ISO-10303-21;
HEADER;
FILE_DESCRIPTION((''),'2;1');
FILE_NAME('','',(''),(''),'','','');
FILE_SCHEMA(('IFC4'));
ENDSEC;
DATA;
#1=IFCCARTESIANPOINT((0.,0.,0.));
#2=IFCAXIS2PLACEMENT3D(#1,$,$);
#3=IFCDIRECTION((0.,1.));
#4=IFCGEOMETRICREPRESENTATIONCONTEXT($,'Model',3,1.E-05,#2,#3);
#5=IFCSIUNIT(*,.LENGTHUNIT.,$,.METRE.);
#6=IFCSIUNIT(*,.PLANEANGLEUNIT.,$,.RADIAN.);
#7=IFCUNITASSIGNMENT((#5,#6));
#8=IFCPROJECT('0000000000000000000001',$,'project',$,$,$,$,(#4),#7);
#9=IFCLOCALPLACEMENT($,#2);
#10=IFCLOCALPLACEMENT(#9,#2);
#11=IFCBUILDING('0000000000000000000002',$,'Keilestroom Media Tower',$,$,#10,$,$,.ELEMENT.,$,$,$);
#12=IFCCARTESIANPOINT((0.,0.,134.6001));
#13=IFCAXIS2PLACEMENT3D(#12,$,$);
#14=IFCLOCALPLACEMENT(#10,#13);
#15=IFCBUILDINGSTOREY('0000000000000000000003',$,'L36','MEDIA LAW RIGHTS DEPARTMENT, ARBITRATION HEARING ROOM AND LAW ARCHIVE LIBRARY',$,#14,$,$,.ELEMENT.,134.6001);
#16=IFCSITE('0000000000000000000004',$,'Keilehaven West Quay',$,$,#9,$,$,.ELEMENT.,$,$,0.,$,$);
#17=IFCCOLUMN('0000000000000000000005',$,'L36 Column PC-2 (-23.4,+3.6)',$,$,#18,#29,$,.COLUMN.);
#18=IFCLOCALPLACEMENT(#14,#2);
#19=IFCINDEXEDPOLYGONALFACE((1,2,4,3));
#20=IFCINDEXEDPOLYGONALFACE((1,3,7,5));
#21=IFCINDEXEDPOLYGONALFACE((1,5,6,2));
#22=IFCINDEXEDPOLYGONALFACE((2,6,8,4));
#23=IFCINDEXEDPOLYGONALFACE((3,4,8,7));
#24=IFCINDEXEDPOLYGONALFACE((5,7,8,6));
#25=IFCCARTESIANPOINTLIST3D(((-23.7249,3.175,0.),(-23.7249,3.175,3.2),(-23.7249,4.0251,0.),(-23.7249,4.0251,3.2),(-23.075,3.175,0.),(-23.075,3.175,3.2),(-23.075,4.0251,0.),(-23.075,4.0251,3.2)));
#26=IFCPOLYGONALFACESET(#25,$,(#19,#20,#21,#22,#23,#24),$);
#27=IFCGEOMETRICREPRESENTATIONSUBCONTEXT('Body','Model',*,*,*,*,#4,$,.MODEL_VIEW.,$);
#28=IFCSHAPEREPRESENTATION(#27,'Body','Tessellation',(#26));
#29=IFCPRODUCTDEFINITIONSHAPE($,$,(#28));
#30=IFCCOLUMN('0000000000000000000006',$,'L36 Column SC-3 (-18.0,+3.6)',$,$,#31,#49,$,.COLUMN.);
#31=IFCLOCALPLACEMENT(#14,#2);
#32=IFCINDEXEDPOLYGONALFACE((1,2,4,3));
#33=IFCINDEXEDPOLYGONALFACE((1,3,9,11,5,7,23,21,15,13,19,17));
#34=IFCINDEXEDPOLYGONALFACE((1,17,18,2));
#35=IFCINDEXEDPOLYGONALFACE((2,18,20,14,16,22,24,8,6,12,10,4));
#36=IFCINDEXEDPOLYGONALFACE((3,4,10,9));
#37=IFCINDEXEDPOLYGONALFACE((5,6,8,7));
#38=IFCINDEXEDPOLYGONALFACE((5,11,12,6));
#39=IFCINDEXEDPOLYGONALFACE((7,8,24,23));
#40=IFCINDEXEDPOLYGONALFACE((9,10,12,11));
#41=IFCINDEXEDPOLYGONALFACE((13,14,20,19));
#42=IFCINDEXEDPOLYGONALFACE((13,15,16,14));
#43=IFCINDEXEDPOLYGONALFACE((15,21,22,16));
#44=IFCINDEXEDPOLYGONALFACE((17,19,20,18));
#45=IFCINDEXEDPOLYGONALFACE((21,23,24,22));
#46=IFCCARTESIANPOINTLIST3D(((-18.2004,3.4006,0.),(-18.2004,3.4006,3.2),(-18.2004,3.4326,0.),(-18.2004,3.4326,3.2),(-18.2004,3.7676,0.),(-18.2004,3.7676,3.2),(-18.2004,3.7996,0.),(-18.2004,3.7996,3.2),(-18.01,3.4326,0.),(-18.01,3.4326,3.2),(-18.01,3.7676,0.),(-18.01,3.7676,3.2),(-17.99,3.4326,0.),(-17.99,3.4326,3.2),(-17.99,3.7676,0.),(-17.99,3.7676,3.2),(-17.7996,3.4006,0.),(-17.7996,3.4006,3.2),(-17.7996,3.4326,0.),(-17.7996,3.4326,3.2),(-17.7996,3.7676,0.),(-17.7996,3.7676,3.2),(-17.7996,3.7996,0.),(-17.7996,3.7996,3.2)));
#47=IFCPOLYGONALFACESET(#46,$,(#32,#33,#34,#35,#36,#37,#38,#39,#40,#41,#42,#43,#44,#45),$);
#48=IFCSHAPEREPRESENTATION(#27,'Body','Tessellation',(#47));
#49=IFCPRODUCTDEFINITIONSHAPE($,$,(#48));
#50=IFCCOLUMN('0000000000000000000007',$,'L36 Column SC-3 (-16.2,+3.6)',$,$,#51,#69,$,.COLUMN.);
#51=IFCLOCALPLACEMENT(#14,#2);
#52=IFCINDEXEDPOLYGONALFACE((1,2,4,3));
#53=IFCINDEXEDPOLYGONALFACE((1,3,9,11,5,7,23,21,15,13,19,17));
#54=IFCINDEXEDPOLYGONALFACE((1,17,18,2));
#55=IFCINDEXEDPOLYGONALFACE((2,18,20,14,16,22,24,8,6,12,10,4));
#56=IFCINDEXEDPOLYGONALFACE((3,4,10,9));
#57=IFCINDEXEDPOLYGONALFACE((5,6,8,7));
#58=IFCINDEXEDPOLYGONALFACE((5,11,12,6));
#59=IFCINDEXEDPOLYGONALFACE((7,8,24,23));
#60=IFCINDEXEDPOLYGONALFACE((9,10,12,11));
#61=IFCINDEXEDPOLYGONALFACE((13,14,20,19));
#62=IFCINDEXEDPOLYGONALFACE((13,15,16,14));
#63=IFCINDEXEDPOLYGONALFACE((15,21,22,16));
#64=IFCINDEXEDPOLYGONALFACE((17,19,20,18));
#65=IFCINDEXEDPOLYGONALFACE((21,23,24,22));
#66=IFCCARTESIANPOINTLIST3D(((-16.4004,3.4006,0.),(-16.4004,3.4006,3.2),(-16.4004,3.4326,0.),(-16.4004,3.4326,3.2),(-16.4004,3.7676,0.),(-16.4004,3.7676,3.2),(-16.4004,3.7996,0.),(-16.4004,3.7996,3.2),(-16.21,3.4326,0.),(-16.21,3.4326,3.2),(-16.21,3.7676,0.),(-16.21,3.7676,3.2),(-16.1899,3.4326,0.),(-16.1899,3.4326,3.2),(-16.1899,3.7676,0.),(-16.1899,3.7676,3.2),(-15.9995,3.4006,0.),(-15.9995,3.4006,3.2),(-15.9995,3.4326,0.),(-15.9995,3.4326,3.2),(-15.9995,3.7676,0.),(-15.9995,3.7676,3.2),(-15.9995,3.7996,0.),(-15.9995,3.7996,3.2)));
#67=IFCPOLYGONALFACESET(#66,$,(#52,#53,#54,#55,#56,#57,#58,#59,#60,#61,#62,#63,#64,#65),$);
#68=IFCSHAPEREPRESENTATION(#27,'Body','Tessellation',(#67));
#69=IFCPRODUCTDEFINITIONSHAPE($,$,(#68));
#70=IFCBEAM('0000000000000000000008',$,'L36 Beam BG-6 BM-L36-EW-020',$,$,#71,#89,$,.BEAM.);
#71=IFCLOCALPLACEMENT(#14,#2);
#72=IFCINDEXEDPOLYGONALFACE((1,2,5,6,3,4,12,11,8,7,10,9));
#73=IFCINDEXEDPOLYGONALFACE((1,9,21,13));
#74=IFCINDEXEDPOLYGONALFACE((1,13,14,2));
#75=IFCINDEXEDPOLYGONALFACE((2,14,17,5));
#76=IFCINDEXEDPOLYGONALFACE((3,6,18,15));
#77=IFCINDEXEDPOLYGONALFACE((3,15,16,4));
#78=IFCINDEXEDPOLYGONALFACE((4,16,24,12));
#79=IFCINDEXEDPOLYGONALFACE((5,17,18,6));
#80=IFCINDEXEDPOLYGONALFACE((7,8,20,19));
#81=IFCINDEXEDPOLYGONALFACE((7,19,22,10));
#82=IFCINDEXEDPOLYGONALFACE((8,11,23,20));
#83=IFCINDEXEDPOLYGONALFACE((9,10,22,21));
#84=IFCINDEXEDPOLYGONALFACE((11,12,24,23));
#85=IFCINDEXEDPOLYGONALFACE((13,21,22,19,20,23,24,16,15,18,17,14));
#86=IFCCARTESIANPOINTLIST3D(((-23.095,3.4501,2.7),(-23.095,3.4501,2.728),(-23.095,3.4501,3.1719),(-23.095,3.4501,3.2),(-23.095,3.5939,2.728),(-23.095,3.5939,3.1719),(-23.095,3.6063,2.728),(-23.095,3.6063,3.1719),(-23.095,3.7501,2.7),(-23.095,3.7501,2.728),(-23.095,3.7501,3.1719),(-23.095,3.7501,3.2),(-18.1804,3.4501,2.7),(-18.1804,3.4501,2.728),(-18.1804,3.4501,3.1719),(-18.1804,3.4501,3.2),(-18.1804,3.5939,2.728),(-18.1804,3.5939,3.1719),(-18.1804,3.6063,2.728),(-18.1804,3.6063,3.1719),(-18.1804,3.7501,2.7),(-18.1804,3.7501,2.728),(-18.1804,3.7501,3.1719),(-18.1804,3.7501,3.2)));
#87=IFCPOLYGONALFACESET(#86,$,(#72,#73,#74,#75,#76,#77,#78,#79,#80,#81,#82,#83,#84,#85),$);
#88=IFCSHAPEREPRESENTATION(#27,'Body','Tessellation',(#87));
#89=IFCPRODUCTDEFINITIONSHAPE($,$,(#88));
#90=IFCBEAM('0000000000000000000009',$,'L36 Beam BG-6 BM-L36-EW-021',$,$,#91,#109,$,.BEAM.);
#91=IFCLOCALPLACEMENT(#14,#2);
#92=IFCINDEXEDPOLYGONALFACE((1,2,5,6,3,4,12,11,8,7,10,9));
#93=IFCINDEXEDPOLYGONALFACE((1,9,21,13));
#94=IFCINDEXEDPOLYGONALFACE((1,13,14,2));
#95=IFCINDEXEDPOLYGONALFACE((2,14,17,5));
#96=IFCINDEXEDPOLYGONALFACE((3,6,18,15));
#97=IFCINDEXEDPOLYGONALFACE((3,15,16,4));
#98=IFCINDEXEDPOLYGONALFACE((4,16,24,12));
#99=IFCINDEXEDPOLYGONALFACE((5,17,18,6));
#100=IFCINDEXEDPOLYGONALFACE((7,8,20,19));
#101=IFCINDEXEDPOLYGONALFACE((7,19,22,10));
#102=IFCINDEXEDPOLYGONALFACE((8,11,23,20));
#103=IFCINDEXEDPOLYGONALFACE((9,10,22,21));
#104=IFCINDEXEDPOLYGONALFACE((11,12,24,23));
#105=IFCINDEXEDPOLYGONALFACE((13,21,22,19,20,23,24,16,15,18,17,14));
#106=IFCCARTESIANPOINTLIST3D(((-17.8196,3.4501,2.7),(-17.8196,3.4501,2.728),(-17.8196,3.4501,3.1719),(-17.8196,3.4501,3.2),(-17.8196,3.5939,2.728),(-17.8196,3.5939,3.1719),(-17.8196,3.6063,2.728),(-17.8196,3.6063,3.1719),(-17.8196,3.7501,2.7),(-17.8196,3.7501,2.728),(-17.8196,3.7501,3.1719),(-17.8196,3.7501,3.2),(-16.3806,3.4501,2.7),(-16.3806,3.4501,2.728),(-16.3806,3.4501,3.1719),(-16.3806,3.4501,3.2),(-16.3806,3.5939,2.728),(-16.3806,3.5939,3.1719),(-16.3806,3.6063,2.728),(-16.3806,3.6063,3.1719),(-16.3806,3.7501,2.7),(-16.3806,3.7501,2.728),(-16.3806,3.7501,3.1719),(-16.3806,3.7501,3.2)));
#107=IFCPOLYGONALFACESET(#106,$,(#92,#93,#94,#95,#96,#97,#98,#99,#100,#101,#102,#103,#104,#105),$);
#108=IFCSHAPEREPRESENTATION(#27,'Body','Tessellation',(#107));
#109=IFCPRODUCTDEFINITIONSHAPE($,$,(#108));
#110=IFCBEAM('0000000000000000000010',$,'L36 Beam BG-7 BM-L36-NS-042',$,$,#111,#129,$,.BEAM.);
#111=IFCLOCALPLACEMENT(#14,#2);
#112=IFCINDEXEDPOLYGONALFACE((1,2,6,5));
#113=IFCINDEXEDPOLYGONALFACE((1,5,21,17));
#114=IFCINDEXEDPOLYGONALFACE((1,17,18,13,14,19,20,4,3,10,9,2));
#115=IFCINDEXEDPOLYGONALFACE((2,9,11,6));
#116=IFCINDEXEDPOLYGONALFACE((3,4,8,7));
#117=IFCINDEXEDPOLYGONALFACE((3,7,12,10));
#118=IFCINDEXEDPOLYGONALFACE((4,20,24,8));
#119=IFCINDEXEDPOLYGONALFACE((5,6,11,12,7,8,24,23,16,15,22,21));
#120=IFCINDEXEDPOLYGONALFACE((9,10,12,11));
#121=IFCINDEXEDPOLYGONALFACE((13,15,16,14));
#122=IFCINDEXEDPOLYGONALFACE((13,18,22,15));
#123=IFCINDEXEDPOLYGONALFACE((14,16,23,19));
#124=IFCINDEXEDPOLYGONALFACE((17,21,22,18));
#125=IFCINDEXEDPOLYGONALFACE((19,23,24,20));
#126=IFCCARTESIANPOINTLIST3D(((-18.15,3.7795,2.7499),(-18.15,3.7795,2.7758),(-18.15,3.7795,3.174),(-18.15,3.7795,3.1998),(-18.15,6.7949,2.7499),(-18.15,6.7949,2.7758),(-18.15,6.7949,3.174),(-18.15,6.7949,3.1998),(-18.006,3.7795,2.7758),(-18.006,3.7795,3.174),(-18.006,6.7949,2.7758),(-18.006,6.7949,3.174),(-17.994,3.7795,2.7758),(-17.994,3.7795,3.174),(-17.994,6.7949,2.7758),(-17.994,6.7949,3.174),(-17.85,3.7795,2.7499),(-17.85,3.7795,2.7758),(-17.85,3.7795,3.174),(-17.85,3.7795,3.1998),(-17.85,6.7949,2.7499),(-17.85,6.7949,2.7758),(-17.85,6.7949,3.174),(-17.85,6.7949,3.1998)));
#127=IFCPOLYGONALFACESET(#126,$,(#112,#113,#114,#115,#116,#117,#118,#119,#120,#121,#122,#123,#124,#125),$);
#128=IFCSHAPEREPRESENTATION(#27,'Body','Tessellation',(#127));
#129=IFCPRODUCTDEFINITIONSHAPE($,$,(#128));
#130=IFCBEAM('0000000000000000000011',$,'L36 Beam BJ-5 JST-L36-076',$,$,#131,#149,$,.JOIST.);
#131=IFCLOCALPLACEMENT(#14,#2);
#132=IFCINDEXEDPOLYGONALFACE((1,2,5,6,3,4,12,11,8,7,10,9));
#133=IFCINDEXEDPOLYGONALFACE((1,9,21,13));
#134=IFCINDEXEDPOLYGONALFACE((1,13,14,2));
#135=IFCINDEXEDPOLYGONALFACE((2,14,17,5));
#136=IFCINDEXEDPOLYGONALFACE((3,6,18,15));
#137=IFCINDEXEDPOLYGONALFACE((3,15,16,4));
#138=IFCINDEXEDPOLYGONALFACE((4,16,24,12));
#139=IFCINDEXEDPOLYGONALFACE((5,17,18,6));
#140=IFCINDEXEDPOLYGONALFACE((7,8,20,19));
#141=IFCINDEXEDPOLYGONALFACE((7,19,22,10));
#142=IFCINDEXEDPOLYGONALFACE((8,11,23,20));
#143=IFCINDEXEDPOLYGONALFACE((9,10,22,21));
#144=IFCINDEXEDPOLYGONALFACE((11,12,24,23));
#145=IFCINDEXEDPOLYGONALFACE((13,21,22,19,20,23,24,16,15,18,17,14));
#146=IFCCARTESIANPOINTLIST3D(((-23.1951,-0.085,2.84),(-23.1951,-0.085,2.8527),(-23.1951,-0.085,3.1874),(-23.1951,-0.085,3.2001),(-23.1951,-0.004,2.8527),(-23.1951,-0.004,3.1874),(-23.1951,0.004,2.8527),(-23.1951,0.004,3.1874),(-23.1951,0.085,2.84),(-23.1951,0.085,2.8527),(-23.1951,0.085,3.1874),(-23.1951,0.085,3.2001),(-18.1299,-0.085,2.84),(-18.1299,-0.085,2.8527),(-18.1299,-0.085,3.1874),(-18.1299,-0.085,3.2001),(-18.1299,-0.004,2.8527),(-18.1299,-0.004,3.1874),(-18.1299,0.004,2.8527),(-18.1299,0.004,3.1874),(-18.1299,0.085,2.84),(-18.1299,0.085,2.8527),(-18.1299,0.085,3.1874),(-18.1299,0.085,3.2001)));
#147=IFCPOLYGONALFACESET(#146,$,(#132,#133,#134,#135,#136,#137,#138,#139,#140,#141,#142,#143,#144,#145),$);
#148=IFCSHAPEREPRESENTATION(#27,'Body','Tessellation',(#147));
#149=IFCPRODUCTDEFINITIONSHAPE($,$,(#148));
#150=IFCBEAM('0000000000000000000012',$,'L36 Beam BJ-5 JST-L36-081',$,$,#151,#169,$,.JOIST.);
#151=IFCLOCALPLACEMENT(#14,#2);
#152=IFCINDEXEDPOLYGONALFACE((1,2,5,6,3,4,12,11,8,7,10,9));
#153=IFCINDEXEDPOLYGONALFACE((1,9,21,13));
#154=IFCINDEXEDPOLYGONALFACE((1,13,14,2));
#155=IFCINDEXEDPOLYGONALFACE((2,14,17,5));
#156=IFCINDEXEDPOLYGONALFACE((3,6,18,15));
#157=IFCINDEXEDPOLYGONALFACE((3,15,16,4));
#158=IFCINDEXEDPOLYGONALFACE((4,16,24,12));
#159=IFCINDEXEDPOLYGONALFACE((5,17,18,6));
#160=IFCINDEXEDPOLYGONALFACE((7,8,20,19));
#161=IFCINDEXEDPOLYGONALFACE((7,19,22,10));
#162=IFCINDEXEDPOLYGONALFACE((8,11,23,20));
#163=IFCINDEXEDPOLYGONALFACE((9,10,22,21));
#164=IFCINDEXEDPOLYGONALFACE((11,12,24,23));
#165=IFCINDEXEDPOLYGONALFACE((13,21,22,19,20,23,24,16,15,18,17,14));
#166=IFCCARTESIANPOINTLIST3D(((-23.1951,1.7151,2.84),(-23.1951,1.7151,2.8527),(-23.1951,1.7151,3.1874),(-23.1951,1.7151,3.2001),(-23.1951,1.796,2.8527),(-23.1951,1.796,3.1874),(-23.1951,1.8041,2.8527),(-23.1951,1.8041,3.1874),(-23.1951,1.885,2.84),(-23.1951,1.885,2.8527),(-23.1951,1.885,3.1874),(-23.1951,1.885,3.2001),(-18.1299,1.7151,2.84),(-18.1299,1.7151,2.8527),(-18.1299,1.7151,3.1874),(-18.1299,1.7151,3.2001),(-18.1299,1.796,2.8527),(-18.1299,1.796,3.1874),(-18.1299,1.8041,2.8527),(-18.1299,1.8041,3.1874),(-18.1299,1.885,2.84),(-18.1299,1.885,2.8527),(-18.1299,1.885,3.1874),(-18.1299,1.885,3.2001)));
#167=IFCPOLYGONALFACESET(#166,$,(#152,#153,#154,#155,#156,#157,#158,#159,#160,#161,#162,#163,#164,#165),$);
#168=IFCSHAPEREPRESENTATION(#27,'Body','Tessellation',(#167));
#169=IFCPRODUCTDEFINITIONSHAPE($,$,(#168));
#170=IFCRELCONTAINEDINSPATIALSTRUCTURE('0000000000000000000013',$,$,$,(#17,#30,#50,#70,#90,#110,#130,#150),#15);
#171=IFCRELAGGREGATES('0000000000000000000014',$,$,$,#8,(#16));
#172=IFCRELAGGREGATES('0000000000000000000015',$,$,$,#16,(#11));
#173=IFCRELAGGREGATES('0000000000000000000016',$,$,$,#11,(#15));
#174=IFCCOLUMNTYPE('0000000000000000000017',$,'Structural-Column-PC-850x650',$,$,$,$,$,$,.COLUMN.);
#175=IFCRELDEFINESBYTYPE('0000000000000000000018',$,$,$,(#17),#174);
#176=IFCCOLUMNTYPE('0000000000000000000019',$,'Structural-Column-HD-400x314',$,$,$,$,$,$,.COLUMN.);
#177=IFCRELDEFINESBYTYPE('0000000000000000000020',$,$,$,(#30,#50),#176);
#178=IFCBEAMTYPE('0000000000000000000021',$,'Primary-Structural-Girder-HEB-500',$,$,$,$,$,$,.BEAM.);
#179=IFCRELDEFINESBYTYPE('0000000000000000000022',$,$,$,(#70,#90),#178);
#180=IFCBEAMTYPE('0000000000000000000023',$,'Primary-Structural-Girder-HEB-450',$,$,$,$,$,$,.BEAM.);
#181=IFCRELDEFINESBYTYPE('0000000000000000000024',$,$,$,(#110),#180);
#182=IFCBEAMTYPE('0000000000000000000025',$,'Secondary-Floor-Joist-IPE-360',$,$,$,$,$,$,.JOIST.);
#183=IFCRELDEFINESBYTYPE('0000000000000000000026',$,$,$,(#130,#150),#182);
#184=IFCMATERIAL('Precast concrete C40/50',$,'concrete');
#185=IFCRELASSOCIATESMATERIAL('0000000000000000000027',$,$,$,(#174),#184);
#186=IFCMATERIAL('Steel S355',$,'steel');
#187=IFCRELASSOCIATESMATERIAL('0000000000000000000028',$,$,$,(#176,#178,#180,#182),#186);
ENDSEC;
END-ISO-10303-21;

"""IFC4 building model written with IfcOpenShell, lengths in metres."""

from ifc_helpers import new_model, si_unit, direction, frame, origin, origin_2d, place, context, subcontext, project, spatial, rectangle, i_section, extrude, source, transform, mapped, material, material_profile, profile_set, type_object, element, save


model = new_model("IFC4")

# Units and contexts
model_context = context("Model", 3, precision=1e-05, world=origin(), true_north=direction((0.0, 1.0)))
body_context = subcontext(model_context, "Body", "Model", "MODEL_VIEW")
ifc_project = project(units=[si_unit("LENGTHUNIT", "METRE"), si_unit("PLANEANGLEUNIT", "RADIAN")], contexts=[model_context])

# Site, building, storey
site_placement = place(None, origin())
site = spatial("IfcSite", under=ifc_project, at=site_placement, Name="Keilehaven West Quay", CompositionType="ELEMENT", RefElevation=0.0)
building_placement = place(site_placement, origin())
building = spatial("IfcBuilding", under=site, at=building_placement, Name="Keilestroom Media Tower", CompositionType="ELEMENT")
storey_placement = place(building_placement, frame((0.0, 0.0, 134.6001)))
storey = spatial("IfcBuildingStorey", under=building, at=storey_placement, Name="L36", Description="MEDIA LAW RIGHTS DEPARTMENT, ARBITRATION HEARING ROOM AND LAW ARCHIVE LIBRARY", CompositionType="ELEMENT", Elevation=134.6001)

# Columns
ifc_material_1 = material(Name="Precast concrete C40/50", Category="concrete")
ifc_material_profile_1 = material_profile(ifc_material_1, rectangle(XDim=0.6499, YDim=0.8501, at=origin_2d()), Name="PC 850x650")
ifc_profile_set_1 = profile_set([ifc_material_profile_1], Name="Precast concrete C40/50")
column_type_1 = type_object("IfcColumnType", Name="Structural-Column-PC-850x650", PredefinedType="COLUMN", material=ifc_profile_set_1)
shared_shape_1 = source(origin(), body_context, "Body", "SweptSolid", [
    extrude(rectangle(XDim=0.6499, YDim=0.8501, at=origin_2d()), origin(), (0.0, 0.0, 1.0), 3.2),
])
column_placement = place(storey_placement, frame((-23.3999, 3.6001, 0.0), z_axis=(0.0, 0.0, 1.0), x_axis=(1.0, 0.0, 0.0)))
element("IfcColumn", 1, at=column_placement, inside=storey, type_object=column_type_1, Name="L36 Column PC-2 (-23.4,+3.6)", PredefinedType="COLUMN", context=body_context, shape_type="MappedRepresentation", body=[
    mapped(shared_shape_1, transform((0.0, 0.0, 0.0), x_axis=(1.0, 0.0, 0.0), y_axis=(0.0, 1.0, 0.0), z_axis=(0.0, 0.0, 1.0), scale=1.0)),
])
ifc_material_2 = material(Name="Steel S355", Category="steel")
ifc_material_profile_2 = material_profile(ifc_material_2, i_section(OverallWidth=0.4009, OverallDepth=0.3989, WebThickness=0.02, FlangeThickness=0.032, at=origin_2d()), Name="HD 400x314")
ifc_profile_set_2 = profile_set([ifc_material_profile_2], Name="Steel S355")
column_type_2 = type_object("IfcColumnType", Name="Structural-Column-HD-400x314", PredefinedType="COLUMN", material=ifc_profile_set_2)
shared_shape_2 = source(origin(), body_context, "Body", "SweptSolid", [
    extrude(i_section(OverallWidth=0.4009, OverallDepth=0.3989, WebThickness=0.02, FlangeThickness=0.032, at=origin_2d()), origin(), (0.0, 0.0, 1.0), 3.2),
])
for number, where, z_axis, x_axis, name in (
    (2, (-18.0, 3.6001, 0.0), (0.0, 0.0, 1.0), (1.0, 0.0, 0.0), "L36 Column SC-3 (-18.0,+3.6)"),
    (3, (-16.2, 3.6001, 0.0), (0.0, 0.0, 1.0), (1.0, 0.0, 0.0), "L36 Column SC-3 (-16.2,+3.6)"),
):
    element("IfcColumn", number, at=place(storey_placement, frame(where, z_axis=z_axis, x_axis=x_axis)), inside=storey, type_object=column_type_2, Name=name, PredefinedType="COLUMN", context=body_context, shape_type="MappedRepresentation", body=[
        mapped(shared_shape_2, transform((0.0, 0.0, 0.0), x_axis=(1.0, 0.0, 0.0), y_axis=(0.0, 1.0, 0.0), z_axis=(0.0, 0.0, 1.0), scale=1.0)),
    ])

# Beams
ifc_material_profile_3 = material_profile(ifc_material_2, i_section(OverallWidth=0.3, OverallDepth=0.5, WebThickness=0.0125, FlangeThickness=0.0281, at=origin_2d()), Name="HEB 500")
ifc_profile_set_3 = profile_set([ifc_material_profile_3], Name="Steel S355")
beam_type_1 = type_object("IfcBeamType", Name="Primary-Structural-Girder-HEB-500", PredefinedType="BEAM", material=ifc_profile_set_3)
shared_shape_3 = source(origin(), body_context, "Body", "SweptSolid", [
    extrude(i_section(OverallWidth=0.3, OverallDepth=0.5, WebThickness=0.0125, FlangeThickness=0.0281, at=origin_2d()), origin(), (0.0, 0.0, 1.0), 4.9146),
])
beam_1_placement = place(storey_placement, frame((-23.095, 3.6001, 2.95), z_axis=(1.0, 0.0, 0.0), x_axis=(0.0, 1.0, 0.0)))
element("IfcBeam", 4, at=beam_1_placement, inside=storey, type_object=beam_type_1, Name="L36 Beam BG-6 BM-L36-EW-020", PredefinedType="BEAM", context=body_context, shape_type="MappedRepresentation", body=[
    mapped(shared_shape_3, transform((0.0, 0.0, 0.0), x_axis=(1.0, 0.0, 0.0), y_axis=(0.0, 1.0, 0.0), z_axis=(0.0, 0.0, 1.0), scale=1.0)),
])
shared_shape_4 = source(origin(), body_context, "Body", "SweptSolid", [
    extrude(i_section(OverallWidth=0.3, OverallDepth=0.5, WebThickness=0.0125, FlangeThickness=0.0281, at=origin_2d()), origin(), (0.0, 0.0, 1.0), 1.439),
])
beam_2_placement = place(storey_placement, frame((-17.8196, 3.6001, 2.95), z_axis=(1.0, 0.0, 0.0), x_axis=(0.0, 1.0, 0.0)))
element("IfcBeam", 5, at=beam_2_placement, inside=storey, type_object=beam_type_1, Name="L36 Beam BG-6 BM-L36-EW-021", PredefinedType="BEAM", context=body_context, shape_type="MappedRepresentation", body=[
    mapped(shared_shape_4, transform((0.0, 0.0, 0.0), x_axis=(1.0, 0.0, 0.0), y_axis=(0.0, 1.0, 0.0), z_axis=(0.0, 0.0, 1.0), scale=1.0)),
])
ifc_material_profile_4 = material_profile(ifc_material_2, i_section(OverallWidth=0.3, OverallDepth=0.45, WebThickness=0.012, FlangeThickness=0.0259, at=origin_2d()), Name="HEB 450")
ifc_profile_set_4 = profile_set([ifc_material_profile_4], Name="Steel S355")
beam_type_2 = type_object("IfcBeamType", Name="Primary-Structural-Girder-HEB-450", PredefinedType="BEAM", material=ifc_profile_set_4)
shared_shape_5 = source(origin(), body_context, "Body", "SweptSolid", [
    extrude(i_section(OverallWidth=0.3, OverallDepth=0.45, WebThickness=0.012, FlangeThickness=0.0259, at=origin_2d()), origin(), (0.0, 0.0, 1.0), 3.0154),
])
beam_3_placement = place(storey_placement, frame((-18.0, 3.7795, 2.9749), z_axis=(0.0, 1.0, 0.0), x_axis=(-1.0, 0.0, 0.0)))
element("IfcBeam", 6, at=beam_3_placement, inside=storey, type_object=beam_type_2, Name="L36 Beam BG-7 BM-L36-NS-042", PredefinedType="BEAM", context=body_context, shape_type="MappedRepresentation", body=[
    mapped(shared_shape_5, transform((0.0, 0.0, 0.0), x_axis=(1.0, 0.0, 0.0), y_axis=(0.0, 1.0, 0.0), z_axis=(0.0, 0.0, 1.0), scale=1.0)),
])
ifc_material_profile_5 = material_profile(ifc_material_2, i_section(OverallWidth=0.1699, OverallDepth=0.3601, WebThickness=0.0081, FlangeThickness=0.0127, at=origin_2d()), Name="IPE 360")
ifc_profile_set_5 = profile_set([ifc_material_profile_5], Name="Steel S355")
beam_type_3 = type_object("IfcBeamType", Name="Secondary-Floor-Joist-IPE-360", PredefinedType="JOIST", material=ifc_profile_set_5)
shared_shape_6 = source(origin(), body_context, "Body", "SweptSolid", [
    extrude(i_section(OverallWidth=0.1699, OverallDepth=0.3601, WebThickness=0.0081, FlangeThickness=0.0127, at=origin_2d()), origin(), (0.0, 0.0, 1.0), 5.0652),
])
for number, where, z_axis, x_axis, name in (
    (7, (-23.1951, 0.0, 3.02), (1.0, 0.0, 0.0), (0.0, 1.0, 0.0), "L36 Beam BJ-5 JST-L36-076"),
    (8, (-23.1951, 1.8, 3.02), (1.0, 0.0, 0.0), (0.0, 1.0, 0.0), "L36 Beam BJ-5 JST-L36-081"),
):
    element("IfcBeam", number, at=place(storey_placement, frame(where, z_axis=z_axis, x_axis=x_axis)), inside=storey, type_object=beam_type_3, Name=name, PredefinedType="JOIST", context=body_context, shape_type="MappedRepresentation", body=[
        mapped(shared_shape_6, transform((0.0, 0.0, 0.0), x_axis=(1.0, 0.0, 0.0), y_axis=(0.0, 1.0, 0.0), z_axis=(0.0, 0.0, 1.0), scale=1.0)),
    ])

save(model, "model.ifc")
